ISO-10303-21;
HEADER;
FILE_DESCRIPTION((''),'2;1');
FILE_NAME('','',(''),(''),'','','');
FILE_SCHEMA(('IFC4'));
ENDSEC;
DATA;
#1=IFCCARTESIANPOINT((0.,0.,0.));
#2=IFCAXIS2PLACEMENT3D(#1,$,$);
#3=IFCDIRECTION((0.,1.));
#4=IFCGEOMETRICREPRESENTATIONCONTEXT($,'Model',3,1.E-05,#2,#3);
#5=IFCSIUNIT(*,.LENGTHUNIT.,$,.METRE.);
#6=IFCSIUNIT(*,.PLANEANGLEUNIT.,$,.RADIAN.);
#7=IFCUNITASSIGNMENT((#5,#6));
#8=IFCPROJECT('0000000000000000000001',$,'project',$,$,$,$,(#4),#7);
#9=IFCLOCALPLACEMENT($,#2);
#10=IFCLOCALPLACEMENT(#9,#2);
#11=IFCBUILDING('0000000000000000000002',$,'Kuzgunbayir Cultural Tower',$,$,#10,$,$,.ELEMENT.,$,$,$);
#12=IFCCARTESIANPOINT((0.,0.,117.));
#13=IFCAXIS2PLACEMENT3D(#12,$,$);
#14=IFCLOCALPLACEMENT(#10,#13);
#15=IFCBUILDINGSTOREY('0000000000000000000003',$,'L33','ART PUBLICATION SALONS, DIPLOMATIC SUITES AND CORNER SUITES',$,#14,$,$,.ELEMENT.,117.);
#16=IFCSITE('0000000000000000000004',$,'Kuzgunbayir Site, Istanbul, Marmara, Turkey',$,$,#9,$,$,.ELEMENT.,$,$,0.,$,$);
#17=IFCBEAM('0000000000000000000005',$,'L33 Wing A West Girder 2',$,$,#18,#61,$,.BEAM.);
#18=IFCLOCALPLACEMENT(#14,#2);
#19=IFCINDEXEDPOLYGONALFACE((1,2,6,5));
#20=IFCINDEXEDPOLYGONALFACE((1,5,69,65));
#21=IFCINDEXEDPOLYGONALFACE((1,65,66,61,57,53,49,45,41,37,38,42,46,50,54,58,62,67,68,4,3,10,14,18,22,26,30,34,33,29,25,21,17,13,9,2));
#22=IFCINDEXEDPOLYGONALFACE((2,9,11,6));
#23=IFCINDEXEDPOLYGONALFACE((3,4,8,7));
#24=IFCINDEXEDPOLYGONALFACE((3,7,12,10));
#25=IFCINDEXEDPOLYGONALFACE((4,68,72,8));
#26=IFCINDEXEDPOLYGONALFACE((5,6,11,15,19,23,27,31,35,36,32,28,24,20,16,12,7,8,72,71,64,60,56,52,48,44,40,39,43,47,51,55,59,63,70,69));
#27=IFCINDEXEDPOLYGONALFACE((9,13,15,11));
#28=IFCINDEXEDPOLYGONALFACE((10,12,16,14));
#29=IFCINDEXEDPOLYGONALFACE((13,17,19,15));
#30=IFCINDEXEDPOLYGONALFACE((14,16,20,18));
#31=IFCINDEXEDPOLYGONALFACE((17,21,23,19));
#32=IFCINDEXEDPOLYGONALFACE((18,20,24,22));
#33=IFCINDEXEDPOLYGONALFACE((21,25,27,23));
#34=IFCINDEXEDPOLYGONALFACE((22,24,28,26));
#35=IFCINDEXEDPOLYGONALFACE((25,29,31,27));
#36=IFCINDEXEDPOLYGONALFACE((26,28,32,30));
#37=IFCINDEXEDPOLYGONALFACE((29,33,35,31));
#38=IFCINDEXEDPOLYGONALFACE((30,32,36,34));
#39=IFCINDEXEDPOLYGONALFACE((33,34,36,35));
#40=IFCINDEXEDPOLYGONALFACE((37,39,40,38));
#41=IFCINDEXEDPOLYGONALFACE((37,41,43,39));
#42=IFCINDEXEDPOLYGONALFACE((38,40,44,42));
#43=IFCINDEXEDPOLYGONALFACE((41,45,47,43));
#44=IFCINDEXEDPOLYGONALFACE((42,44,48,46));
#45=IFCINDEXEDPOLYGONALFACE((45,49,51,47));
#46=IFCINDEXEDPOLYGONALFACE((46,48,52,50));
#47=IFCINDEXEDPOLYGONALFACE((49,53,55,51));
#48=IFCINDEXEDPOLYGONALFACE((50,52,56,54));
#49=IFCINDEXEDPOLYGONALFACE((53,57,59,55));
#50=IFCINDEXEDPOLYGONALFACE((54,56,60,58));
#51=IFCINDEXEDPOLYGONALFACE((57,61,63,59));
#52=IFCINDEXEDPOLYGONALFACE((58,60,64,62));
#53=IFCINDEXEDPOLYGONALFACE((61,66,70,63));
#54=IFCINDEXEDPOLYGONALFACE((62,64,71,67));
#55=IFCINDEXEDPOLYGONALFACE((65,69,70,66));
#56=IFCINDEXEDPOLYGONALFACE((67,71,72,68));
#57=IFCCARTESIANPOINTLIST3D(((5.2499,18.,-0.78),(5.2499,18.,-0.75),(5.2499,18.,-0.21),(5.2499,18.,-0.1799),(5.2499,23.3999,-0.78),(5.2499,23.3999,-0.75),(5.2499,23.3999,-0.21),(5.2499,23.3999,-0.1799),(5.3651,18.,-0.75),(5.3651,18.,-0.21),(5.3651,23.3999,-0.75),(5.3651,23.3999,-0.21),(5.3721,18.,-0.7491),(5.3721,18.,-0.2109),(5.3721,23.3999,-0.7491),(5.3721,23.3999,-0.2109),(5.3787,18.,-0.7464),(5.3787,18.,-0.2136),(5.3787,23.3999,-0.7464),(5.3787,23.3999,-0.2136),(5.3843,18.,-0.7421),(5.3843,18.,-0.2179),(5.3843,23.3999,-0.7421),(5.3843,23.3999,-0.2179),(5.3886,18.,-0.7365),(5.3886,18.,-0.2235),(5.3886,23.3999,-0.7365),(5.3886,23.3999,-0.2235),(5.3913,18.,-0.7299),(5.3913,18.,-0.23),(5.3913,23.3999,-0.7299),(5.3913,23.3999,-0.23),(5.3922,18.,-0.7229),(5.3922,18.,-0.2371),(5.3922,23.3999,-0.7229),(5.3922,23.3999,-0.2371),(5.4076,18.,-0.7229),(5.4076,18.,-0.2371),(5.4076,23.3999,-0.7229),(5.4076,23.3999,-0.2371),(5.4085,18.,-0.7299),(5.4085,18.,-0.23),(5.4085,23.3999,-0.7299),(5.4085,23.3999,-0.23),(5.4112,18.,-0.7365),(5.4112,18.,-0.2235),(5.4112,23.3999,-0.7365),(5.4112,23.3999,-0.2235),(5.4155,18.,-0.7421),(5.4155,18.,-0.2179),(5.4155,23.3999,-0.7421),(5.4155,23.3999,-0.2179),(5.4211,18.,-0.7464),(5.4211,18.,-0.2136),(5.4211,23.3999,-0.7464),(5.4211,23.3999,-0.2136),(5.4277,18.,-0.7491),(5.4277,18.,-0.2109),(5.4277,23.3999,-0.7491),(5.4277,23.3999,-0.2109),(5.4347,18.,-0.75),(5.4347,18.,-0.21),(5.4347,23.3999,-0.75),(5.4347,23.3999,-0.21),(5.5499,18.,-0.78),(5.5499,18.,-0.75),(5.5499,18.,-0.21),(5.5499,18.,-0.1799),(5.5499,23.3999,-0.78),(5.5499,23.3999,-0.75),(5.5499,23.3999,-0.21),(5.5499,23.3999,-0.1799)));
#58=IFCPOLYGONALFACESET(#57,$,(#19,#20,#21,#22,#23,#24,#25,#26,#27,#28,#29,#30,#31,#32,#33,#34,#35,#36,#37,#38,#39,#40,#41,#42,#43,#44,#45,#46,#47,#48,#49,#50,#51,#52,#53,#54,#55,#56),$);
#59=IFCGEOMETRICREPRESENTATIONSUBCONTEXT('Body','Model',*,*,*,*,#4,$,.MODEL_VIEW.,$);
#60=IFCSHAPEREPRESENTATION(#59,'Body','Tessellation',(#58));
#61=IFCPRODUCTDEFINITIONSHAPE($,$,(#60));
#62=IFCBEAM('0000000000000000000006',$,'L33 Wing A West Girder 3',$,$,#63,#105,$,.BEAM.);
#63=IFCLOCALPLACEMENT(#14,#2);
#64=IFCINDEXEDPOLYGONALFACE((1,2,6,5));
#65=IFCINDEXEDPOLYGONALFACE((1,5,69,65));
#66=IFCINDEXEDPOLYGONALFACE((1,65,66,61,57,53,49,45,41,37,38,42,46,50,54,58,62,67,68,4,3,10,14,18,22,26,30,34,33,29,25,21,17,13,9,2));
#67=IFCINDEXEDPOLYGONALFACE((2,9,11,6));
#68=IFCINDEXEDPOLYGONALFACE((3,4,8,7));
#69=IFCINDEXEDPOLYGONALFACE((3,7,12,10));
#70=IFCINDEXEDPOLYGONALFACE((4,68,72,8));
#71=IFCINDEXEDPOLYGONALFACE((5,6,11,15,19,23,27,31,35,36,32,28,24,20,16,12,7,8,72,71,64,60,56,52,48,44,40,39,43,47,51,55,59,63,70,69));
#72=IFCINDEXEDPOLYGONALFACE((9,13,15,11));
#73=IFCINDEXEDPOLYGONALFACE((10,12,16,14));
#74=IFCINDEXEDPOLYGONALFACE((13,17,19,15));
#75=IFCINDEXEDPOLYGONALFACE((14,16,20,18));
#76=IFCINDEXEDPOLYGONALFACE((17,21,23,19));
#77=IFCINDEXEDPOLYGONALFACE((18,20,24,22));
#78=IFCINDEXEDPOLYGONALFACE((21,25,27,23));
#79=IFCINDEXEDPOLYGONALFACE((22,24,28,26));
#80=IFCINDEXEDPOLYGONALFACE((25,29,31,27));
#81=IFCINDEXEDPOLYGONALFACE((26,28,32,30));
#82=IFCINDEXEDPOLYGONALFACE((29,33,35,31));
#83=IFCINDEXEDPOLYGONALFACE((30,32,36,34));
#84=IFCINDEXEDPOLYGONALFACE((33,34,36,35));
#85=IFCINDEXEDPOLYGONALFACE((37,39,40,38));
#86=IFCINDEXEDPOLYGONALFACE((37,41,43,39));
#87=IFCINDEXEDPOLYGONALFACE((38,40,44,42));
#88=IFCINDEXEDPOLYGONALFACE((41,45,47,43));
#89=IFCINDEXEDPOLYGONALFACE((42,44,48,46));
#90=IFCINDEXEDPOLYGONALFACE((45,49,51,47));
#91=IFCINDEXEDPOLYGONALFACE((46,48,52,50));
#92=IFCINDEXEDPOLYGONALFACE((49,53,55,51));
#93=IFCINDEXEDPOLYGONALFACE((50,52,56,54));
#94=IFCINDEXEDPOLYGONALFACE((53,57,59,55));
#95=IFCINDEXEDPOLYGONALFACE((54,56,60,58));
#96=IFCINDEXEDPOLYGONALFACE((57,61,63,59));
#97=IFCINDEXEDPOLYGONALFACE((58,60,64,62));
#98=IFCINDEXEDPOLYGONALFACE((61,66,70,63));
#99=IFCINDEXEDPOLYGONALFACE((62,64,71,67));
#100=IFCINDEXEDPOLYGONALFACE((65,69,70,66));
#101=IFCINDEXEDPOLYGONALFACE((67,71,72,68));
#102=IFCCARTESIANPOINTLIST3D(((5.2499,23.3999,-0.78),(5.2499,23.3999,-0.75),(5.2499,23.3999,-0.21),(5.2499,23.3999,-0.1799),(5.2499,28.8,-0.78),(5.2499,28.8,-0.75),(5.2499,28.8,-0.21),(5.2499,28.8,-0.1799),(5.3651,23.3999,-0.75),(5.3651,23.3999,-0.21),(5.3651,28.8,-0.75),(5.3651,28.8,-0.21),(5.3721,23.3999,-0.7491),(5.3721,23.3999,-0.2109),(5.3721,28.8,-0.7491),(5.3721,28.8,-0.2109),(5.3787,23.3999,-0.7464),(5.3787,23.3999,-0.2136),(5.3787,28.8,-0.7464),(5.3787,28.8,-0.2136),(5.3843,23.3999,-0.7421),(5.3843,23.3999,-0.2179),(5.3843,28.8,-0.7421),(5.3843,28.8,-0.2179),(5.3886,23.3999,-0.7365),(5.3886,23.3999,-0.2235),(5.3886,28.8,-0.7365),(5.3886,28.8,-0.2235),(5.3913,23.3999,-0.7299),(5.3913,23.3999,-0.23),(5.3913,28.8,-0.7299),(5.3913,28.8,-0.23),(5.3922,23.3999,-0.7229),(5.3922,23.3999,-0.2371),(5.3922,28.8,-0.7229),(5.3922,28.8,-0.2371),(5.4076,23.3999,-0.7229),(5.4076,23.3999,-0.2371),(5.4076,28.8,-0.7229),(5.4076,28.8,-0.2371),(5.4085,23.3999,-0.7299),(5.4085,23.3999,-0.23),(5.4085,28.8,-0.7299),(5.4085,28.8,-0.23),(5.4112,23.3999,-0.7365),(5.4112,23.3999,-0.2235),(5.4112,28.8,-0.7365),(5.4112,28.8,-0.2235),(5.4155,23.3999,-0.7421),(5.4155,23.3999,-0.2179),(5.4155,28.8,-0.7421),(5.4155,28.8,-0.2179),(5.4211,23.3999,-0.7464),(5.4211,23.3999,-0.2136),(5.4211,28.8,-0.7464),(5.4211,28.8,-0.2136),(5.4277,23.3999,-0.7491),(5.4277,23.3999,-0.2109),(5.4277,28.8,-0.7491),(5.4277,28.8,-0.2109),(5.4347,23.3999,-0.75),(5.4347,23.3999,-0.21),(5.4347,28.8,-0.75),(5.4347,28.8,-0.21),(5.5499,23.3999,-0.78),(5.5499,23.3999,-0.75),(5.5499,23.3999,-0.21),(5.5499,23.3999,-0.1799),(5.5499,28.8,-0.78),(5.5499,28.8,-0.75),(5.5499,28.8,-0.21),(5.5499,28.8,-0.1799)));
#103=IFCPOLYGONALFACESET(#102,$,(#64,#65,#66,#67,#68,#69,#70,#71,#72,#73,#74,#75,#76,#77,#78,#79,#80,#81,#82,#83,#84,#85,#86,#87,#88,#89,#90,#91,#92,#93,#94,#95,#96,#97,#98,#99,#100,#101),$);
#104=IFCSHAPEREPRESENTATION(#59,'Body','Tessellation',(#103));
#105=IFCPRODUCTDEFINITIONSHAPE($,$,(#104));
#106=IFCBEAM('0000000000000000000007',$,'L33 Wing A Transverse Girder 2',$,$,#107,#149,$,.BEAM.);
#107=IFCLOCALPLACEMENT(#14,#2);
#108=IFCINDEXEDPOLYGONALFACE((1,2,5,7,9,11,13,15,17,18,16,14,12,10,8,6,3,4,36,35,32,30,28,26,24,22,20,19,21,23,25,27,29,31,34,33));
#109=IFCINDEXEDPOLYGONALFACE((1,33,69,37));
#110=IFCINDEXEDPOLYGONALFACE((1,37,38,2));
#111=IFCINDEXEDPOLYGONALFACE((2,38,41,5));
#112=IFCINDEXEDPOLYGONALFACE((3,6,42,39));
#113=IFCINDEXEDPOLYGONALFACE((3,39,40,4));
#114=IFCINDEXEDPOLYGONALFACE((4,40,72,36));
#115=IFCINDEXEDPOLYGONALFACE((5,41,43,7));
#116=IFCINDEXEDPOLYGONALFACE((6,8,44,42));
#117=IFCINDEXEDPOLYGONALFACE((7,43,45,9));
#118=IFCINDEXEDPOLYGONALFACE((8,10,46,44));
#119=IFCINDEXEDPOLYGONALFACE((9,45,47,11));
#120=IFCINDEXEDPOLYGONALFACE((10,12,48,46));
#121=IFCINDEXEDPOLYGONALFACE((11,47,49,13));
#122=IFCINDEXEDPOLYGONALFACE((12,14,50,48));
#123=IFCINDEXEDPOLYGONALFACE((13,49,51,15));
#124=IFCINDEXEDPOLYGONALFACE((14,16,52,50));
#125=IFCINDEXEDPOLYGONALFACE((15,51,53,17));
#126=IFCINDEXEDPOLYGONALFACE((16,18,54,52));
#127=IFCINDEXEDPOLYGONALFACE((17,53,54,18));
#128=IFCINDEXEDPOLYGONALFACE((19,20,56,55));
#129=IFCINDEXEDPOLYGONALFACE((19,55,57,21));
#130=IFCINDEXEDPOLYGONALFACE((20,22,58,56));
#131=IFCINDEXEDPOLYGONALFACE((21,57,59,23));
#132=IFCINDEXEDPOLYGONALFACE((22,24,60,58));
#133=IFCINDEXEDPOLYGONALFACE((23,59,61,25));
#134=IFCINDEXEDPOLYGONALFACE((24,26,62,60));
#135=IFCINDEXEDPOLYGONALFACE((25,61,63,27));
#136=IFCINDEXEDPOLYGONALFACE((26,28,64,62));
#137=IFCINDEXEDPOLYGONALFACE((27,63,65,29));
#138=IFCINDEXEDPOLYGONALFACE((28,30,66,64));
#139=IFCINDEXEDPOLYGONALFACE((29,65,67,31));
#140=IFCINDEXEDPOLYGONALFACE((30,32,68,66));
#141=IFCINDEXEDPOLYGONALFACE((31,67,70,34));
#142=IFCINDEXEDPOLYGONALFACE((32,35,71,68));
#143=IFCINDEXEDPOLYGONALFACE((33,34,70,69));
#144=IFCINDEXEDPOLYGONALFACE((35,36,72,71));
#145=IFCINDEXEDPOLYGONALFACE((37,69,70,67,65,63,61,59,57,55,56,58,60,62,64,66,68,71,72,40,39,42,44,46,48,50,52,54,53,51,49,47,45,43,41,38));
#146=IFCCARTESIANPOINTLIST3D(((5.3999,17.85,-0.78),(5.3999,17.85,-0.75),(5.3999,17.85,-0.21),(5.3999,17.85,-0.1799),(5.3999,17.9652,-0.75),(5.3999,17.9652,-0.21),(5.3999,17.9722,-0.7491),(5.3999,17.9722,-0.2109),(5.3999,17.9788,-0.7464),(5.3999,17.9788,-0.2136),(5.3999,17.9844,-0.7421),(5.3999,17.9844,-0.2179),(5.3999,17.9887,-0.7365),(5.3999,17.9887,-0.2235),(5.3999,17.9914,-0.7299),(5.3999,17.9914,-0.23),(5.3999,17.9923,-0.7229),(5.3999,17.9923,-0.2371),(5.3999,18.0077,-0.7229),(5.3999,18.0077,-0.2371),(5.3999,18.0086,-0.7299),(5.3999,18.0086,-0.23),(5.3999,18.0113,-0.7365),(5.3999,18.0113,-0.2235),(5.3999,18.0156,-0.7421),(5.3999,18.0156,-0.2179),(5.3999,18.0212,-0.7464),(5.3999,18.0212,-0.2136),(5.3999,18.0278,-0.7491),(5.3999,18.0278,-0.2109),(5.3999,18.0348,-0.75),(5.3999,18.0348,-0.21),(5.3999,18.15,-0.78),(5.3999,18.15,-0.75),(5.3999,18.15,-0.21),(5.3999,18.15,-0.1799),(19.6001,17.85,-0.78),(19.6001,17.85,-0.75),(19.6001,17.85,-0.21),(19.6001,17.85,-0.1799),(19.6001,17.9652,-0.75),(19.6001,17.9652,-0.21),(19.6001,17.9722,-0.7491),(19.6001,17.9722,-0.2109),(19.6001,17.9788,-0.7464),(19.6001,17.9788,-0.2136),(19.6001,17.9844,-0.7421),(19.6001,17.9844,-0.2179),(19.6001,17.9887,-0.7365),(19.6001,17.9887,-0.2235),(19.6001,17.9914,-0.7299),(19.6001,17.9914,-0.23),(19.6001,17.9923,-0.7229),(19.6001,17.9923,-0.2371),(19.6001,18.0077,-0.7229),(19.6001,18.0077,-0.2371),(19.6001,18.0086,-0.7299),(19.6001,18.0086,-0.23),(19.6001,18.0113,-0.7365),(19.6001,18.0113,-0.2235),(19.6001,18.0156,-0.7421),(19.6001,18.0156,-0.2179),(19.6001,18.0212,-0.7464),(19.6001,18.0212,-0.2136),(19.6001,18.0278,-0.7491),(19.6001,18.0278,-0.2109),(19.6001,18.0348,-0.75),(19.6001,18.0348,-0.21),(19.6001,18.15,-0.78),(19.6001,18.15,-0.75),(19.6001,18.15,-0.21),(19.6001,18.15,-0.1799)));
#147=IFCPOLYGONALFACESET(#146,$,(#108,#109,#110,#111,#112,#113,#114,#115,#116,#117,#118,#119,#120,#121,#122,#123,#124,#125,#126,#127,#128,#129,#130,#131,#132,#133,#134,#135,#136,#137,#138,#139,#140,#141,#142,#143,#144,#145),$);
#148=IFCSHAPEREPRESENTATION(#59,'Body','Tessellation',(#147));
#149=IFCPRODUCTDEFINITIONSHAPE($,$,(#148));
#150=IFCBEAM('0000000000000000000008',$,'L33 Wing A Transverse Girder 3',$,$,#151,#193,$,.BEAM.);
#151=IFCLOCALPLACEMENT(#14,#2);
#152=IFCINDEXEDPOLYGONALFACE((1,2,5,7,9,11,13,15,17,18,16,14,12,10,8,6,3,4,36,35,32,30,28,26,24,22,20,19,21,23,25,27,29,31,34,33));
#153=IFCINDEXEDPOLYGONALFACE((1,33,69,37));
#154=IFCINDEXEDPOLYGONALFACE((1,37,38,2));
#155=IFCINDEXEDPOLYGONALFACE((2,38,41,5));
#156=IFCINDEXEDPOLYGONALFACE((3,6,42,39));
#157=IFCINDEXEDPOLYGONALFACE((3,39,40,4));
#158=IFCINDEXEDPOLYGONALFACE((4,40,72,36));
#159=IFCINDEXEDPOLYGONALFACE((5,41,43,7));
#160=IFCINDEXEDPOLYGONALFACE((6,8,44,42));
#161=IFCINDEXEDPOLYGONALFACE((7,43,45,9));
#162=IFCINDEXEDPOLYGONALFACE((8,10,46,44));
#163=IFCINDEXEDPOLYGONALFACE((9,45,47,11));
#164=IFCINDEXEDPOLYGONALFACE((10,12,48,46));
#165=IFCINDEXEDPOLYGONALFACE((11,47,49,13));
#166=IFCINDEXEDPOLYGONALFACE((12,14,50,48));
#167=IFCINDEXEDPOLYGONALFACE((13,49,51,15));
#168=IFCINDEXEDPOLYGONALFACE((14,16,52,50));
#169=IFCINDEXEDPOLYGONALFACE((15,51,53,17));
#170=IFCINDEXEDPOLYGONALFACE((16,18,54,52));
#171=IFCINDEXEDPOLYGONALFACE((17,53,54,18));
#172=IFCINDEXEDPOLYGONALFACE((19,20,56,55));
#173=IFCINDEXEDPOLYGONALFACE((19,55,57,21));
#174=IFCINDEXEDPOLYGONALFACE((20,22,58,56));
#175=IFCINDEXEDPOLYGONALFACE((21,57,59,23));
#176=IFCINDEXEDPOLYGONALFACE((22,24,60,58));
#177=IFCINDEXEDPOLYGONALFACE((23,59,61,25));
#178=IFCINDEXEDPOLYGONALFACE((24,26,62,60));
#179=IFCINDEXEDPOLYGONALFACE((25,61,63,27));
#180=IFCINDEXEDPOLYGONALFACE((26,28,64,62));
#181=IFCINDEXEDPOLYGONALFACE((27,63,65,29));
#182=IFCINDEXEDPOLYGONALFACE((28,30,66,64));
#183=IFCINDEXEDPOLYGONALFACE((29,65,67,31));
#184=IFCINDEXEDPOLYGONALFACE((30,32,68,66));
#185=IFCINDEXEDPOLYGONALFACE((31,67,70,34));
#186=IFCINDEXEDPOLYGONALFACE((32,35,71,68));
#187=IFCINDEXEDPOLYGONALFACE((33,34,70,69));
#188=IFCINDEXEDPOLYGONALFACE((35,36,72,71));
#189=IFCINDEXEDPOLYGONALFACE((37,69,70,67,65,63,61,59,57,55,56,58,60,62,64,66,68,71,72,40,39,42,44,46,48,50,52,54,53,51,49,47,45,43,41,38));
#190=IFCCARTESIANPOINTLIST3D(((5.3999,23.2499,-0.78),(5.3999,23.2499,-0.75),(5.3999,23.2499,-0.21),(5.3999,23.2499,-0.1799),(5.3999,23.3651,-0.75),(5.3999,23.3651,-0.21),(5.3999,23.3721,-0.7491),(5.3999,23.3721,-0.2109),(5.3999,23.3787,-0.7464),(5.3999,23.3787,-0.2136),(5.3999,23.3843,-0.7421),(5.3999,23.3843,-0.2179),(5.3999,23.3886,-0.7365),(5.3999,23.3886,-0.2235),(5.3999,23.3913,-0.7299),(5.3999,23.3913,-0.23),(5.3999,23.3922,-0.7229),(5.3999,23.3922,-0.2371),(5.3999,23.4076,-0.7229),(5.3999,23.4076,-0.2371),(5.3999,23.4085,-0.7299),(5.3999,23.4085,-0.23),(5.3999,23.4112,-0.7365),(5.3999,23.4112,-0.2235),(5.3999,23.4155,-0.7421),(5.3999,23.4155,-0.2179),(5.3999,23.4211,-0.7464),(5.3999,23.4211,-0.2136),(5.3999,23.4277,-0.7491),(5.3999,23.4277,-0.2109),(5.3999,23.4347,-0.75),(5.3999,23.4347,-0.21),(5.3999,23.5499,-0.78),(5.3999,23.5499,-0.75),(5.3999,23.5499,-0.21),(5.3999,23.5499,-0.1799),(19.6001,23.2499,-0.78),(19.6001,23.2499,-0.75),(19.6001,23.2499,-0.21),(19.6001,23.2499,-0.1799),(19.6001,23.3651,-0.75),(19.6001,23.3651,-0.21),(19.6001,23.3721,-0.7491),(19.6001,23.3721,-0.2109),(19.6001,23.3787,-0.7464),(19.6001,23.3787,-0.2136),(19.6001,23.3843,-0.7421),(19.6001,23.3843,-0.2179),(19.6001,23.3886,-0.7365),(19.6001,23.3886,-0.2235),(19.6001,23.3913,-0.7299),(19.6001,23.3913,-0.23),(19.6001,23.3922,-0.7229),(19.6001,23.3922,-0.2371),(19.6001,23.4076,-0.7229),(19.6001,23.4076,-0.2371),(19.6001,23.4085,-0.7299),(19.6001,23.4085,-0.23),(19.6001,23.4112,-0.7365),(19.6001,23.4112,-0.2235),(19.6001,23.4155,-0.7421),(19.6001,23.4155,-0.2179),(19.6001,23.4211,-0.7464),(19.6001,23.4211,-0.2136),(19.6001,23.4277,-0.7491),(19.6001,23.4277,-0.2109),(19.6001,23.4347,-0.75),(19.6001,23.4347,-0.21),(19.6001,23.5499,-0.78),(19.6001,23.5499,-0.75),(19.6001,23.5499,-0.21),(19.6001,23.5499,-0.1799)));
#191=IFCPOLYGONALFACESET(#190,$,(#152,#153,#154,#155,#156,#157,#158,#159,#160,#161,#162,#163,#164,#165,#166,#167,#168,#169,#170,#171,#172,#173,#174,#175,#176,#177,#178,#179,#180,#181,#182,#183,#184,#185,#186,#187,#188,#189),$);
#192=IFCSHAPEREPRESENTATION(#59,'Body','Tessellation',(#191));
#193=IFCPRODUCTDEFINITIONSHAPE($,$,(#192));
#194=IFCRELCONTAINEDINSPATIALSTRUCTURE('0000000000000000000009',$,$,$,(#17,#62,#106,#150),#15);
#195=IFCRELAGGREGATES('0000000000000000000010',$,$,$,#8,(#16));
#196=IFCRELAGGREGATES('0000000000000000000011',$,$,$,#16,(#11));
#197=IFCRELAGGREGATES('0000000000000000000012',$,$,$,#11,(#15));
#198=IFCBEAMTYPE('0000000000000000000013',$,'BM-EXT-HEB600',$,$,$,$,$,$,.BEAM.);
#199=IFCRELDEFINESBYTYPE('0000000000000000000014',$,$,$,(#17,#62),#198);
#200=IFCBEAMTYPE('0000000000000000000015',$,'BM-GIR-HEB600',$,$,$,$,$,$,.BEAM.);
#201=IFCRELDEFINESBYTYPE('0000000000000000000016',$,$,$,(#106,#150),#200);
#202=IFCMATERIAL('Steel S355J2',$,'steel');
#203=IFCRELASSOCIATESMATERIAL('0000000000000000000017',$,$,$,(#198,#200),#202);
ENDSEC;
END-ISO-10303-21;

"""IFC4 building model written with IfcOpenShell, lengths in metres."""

from ifc_helpers import new_model, si_unit, direction, frame, origin, origin_2d, place, context, subcontext, project, spatial, i_section, extrude, material, material_profile, profile_set, type_object, element, save


model = new_model("IFC4")

# Units and contexts
model_context = context("Model", 3, precision=1e-05, world=origin(), true_north=direction((0.0, 1.0)))
body_context = subcontext(model_context, "Body", "Model", "MODEL_VIEW")
ifc_project = project(units=[si_unit("LENGTHUNIT", "METRE"), si_unit("PLANEANGLEUNIT", "RADIAN")], contexts=[model_context])

# Site, building, storey
site_placement = place(None, origin())
site = spatial("IfcSite", under=ifc_project, at=site_placement, Name="Kuzgunbayir Site, Istanbul, Marmara, Turkey", CompositionType="ELEMENT", RefElevation=0.0)
building_placement = place(site_placement, origin())
building = spatial("IfcBuilding", under=site, at=building_placement, Name="Kuzgunbayir Cultural Tower", CompositionType="ELEMENT")
storey_placement = place(building_placement, frame((0.0, 0.0, 117.0)))
storey = spatial("IfcBuildingStorey", under=building, at=storey_placement, Name="L33", Description="ART PUBLICATION SALONS, DIPLOMATIC SUITES AND CORNER SUITES", CompositionType="ELEMENT", Elevation=117.0)

# Beams
ifc_material_1 = material(Name="Steel S355J2", Category="steel")
ifc_material_profile_1 = material_profile(ifc_material_1, i_section(OverallWidth=0.3, OverallDepth=0.6001, WebThickness=0.0154, FlangeThickness=0.03, FilletRadius=0.0271, at=origin_2d()), Name="HEB 600")
ifc_profile_set_1 = profile_set([ifc_material_profile_1], Name="Steel S355J2")
beam_type_1 = type_object("IfcBeamType", Name="BM-EXT-HEB600", PredefinedType="BEAM", material=ifc_profile_set_1)
beam_1_placement = place(storey_placement, frame((5.3999, 18.0, -0.48), z_axis=(0.0, 1.0, 0.0), x_axis=(-1.0, 0.0, 0.0)))
element("IfcBeam", 1, at=beam_1_placement, inside=storey, type_object=beam_type_1, Name="L33 Wing A West Girder 2", PredefinedType="BEAM", context=body_context, shape_type="SweptSolid", body=[
    extrude(i_section(OverallWidth=0.3, OverallDepth=0.6001, WebThickness=0.0154, FlangeThickness=0.03, FilletRadius=0.0271, at=origin_2d()), origin(), (0.0, 0.0, 1.0), 5.3999),
])
beam_2_placement = place(storey_placement, frame((5.3999, 23.3999, -0.48), z_axis=(0.0, 1.0, 0.0), x_axis=(-1.0, 0.0, 0.0)))
element("IfcBeam", 2, at=beam_2_placement, inside=storey, type_object=beam_type_1, Name="L33 Wing A West Girder 3", PredefinedType="BEAM", context=body_context, shape_type="SweptSolid", body=[
    extrude(i_section(OverallWidth=0.3, OverallDepth=0.6001, WebThickness=0.0154, FlangeThickness=0.03, FilletRadius=0.0271, at=origin_2d()), origin(), (0.0, 0.0, 1.0), 5.4001),
])
ifc_material_profile_2 = material_profile(ifc_material_1, i_section(OverallWidth=0.3, OverallDepth=0.6001, WebThickness=0.0154, FlangeThickness=0.03, FilletRadius=0.0271, at=origin_2d()), Name="HEB 600")
ifc_profile_set_2 = profile_set([ifc_material_profile_2], Name="Steel S355J2")
beam_type_2 = type_object("IfcBeamType", Name="BM-GIR-HEB600", PredefinedType="BEAM", material=ifc_profile_set_2)
for number, where, z_axis, x_axis, name in (
    (3, (5.3999, 18.0, -0.48), (1.0, 0.0, 0.0), (0.0, 1.0, 0.0), "L33 Wing A Transverse Girder 2"),
    (4, (5.3999, 23.3999, -0.48), (1.0, 0.0, 0.0), (0.0, 1.0, 0.0), "L33 Wing A Transverse Girder 3"),
):
    element("IfcBeam", number, at=place(storey_placement, frame(where, z_axis=z_axis, x_axis=x_axis)), inside=storey, type_object=beam_type_2, Name=name, PredefinedType="BEAM", context=body_context, shape_type="SweptSolid", body=[
        extrude(i_section(OverallWidth=0.3, OverallDepth=0.6001, WebThickness=0.0154, FlangeThickness=0.03, FilletRadius=0.0271, at=origin_2d()), origin(), (0.0, 0.0, 1.0), 14.2002),
    ])

save(model, "model.ifc")
